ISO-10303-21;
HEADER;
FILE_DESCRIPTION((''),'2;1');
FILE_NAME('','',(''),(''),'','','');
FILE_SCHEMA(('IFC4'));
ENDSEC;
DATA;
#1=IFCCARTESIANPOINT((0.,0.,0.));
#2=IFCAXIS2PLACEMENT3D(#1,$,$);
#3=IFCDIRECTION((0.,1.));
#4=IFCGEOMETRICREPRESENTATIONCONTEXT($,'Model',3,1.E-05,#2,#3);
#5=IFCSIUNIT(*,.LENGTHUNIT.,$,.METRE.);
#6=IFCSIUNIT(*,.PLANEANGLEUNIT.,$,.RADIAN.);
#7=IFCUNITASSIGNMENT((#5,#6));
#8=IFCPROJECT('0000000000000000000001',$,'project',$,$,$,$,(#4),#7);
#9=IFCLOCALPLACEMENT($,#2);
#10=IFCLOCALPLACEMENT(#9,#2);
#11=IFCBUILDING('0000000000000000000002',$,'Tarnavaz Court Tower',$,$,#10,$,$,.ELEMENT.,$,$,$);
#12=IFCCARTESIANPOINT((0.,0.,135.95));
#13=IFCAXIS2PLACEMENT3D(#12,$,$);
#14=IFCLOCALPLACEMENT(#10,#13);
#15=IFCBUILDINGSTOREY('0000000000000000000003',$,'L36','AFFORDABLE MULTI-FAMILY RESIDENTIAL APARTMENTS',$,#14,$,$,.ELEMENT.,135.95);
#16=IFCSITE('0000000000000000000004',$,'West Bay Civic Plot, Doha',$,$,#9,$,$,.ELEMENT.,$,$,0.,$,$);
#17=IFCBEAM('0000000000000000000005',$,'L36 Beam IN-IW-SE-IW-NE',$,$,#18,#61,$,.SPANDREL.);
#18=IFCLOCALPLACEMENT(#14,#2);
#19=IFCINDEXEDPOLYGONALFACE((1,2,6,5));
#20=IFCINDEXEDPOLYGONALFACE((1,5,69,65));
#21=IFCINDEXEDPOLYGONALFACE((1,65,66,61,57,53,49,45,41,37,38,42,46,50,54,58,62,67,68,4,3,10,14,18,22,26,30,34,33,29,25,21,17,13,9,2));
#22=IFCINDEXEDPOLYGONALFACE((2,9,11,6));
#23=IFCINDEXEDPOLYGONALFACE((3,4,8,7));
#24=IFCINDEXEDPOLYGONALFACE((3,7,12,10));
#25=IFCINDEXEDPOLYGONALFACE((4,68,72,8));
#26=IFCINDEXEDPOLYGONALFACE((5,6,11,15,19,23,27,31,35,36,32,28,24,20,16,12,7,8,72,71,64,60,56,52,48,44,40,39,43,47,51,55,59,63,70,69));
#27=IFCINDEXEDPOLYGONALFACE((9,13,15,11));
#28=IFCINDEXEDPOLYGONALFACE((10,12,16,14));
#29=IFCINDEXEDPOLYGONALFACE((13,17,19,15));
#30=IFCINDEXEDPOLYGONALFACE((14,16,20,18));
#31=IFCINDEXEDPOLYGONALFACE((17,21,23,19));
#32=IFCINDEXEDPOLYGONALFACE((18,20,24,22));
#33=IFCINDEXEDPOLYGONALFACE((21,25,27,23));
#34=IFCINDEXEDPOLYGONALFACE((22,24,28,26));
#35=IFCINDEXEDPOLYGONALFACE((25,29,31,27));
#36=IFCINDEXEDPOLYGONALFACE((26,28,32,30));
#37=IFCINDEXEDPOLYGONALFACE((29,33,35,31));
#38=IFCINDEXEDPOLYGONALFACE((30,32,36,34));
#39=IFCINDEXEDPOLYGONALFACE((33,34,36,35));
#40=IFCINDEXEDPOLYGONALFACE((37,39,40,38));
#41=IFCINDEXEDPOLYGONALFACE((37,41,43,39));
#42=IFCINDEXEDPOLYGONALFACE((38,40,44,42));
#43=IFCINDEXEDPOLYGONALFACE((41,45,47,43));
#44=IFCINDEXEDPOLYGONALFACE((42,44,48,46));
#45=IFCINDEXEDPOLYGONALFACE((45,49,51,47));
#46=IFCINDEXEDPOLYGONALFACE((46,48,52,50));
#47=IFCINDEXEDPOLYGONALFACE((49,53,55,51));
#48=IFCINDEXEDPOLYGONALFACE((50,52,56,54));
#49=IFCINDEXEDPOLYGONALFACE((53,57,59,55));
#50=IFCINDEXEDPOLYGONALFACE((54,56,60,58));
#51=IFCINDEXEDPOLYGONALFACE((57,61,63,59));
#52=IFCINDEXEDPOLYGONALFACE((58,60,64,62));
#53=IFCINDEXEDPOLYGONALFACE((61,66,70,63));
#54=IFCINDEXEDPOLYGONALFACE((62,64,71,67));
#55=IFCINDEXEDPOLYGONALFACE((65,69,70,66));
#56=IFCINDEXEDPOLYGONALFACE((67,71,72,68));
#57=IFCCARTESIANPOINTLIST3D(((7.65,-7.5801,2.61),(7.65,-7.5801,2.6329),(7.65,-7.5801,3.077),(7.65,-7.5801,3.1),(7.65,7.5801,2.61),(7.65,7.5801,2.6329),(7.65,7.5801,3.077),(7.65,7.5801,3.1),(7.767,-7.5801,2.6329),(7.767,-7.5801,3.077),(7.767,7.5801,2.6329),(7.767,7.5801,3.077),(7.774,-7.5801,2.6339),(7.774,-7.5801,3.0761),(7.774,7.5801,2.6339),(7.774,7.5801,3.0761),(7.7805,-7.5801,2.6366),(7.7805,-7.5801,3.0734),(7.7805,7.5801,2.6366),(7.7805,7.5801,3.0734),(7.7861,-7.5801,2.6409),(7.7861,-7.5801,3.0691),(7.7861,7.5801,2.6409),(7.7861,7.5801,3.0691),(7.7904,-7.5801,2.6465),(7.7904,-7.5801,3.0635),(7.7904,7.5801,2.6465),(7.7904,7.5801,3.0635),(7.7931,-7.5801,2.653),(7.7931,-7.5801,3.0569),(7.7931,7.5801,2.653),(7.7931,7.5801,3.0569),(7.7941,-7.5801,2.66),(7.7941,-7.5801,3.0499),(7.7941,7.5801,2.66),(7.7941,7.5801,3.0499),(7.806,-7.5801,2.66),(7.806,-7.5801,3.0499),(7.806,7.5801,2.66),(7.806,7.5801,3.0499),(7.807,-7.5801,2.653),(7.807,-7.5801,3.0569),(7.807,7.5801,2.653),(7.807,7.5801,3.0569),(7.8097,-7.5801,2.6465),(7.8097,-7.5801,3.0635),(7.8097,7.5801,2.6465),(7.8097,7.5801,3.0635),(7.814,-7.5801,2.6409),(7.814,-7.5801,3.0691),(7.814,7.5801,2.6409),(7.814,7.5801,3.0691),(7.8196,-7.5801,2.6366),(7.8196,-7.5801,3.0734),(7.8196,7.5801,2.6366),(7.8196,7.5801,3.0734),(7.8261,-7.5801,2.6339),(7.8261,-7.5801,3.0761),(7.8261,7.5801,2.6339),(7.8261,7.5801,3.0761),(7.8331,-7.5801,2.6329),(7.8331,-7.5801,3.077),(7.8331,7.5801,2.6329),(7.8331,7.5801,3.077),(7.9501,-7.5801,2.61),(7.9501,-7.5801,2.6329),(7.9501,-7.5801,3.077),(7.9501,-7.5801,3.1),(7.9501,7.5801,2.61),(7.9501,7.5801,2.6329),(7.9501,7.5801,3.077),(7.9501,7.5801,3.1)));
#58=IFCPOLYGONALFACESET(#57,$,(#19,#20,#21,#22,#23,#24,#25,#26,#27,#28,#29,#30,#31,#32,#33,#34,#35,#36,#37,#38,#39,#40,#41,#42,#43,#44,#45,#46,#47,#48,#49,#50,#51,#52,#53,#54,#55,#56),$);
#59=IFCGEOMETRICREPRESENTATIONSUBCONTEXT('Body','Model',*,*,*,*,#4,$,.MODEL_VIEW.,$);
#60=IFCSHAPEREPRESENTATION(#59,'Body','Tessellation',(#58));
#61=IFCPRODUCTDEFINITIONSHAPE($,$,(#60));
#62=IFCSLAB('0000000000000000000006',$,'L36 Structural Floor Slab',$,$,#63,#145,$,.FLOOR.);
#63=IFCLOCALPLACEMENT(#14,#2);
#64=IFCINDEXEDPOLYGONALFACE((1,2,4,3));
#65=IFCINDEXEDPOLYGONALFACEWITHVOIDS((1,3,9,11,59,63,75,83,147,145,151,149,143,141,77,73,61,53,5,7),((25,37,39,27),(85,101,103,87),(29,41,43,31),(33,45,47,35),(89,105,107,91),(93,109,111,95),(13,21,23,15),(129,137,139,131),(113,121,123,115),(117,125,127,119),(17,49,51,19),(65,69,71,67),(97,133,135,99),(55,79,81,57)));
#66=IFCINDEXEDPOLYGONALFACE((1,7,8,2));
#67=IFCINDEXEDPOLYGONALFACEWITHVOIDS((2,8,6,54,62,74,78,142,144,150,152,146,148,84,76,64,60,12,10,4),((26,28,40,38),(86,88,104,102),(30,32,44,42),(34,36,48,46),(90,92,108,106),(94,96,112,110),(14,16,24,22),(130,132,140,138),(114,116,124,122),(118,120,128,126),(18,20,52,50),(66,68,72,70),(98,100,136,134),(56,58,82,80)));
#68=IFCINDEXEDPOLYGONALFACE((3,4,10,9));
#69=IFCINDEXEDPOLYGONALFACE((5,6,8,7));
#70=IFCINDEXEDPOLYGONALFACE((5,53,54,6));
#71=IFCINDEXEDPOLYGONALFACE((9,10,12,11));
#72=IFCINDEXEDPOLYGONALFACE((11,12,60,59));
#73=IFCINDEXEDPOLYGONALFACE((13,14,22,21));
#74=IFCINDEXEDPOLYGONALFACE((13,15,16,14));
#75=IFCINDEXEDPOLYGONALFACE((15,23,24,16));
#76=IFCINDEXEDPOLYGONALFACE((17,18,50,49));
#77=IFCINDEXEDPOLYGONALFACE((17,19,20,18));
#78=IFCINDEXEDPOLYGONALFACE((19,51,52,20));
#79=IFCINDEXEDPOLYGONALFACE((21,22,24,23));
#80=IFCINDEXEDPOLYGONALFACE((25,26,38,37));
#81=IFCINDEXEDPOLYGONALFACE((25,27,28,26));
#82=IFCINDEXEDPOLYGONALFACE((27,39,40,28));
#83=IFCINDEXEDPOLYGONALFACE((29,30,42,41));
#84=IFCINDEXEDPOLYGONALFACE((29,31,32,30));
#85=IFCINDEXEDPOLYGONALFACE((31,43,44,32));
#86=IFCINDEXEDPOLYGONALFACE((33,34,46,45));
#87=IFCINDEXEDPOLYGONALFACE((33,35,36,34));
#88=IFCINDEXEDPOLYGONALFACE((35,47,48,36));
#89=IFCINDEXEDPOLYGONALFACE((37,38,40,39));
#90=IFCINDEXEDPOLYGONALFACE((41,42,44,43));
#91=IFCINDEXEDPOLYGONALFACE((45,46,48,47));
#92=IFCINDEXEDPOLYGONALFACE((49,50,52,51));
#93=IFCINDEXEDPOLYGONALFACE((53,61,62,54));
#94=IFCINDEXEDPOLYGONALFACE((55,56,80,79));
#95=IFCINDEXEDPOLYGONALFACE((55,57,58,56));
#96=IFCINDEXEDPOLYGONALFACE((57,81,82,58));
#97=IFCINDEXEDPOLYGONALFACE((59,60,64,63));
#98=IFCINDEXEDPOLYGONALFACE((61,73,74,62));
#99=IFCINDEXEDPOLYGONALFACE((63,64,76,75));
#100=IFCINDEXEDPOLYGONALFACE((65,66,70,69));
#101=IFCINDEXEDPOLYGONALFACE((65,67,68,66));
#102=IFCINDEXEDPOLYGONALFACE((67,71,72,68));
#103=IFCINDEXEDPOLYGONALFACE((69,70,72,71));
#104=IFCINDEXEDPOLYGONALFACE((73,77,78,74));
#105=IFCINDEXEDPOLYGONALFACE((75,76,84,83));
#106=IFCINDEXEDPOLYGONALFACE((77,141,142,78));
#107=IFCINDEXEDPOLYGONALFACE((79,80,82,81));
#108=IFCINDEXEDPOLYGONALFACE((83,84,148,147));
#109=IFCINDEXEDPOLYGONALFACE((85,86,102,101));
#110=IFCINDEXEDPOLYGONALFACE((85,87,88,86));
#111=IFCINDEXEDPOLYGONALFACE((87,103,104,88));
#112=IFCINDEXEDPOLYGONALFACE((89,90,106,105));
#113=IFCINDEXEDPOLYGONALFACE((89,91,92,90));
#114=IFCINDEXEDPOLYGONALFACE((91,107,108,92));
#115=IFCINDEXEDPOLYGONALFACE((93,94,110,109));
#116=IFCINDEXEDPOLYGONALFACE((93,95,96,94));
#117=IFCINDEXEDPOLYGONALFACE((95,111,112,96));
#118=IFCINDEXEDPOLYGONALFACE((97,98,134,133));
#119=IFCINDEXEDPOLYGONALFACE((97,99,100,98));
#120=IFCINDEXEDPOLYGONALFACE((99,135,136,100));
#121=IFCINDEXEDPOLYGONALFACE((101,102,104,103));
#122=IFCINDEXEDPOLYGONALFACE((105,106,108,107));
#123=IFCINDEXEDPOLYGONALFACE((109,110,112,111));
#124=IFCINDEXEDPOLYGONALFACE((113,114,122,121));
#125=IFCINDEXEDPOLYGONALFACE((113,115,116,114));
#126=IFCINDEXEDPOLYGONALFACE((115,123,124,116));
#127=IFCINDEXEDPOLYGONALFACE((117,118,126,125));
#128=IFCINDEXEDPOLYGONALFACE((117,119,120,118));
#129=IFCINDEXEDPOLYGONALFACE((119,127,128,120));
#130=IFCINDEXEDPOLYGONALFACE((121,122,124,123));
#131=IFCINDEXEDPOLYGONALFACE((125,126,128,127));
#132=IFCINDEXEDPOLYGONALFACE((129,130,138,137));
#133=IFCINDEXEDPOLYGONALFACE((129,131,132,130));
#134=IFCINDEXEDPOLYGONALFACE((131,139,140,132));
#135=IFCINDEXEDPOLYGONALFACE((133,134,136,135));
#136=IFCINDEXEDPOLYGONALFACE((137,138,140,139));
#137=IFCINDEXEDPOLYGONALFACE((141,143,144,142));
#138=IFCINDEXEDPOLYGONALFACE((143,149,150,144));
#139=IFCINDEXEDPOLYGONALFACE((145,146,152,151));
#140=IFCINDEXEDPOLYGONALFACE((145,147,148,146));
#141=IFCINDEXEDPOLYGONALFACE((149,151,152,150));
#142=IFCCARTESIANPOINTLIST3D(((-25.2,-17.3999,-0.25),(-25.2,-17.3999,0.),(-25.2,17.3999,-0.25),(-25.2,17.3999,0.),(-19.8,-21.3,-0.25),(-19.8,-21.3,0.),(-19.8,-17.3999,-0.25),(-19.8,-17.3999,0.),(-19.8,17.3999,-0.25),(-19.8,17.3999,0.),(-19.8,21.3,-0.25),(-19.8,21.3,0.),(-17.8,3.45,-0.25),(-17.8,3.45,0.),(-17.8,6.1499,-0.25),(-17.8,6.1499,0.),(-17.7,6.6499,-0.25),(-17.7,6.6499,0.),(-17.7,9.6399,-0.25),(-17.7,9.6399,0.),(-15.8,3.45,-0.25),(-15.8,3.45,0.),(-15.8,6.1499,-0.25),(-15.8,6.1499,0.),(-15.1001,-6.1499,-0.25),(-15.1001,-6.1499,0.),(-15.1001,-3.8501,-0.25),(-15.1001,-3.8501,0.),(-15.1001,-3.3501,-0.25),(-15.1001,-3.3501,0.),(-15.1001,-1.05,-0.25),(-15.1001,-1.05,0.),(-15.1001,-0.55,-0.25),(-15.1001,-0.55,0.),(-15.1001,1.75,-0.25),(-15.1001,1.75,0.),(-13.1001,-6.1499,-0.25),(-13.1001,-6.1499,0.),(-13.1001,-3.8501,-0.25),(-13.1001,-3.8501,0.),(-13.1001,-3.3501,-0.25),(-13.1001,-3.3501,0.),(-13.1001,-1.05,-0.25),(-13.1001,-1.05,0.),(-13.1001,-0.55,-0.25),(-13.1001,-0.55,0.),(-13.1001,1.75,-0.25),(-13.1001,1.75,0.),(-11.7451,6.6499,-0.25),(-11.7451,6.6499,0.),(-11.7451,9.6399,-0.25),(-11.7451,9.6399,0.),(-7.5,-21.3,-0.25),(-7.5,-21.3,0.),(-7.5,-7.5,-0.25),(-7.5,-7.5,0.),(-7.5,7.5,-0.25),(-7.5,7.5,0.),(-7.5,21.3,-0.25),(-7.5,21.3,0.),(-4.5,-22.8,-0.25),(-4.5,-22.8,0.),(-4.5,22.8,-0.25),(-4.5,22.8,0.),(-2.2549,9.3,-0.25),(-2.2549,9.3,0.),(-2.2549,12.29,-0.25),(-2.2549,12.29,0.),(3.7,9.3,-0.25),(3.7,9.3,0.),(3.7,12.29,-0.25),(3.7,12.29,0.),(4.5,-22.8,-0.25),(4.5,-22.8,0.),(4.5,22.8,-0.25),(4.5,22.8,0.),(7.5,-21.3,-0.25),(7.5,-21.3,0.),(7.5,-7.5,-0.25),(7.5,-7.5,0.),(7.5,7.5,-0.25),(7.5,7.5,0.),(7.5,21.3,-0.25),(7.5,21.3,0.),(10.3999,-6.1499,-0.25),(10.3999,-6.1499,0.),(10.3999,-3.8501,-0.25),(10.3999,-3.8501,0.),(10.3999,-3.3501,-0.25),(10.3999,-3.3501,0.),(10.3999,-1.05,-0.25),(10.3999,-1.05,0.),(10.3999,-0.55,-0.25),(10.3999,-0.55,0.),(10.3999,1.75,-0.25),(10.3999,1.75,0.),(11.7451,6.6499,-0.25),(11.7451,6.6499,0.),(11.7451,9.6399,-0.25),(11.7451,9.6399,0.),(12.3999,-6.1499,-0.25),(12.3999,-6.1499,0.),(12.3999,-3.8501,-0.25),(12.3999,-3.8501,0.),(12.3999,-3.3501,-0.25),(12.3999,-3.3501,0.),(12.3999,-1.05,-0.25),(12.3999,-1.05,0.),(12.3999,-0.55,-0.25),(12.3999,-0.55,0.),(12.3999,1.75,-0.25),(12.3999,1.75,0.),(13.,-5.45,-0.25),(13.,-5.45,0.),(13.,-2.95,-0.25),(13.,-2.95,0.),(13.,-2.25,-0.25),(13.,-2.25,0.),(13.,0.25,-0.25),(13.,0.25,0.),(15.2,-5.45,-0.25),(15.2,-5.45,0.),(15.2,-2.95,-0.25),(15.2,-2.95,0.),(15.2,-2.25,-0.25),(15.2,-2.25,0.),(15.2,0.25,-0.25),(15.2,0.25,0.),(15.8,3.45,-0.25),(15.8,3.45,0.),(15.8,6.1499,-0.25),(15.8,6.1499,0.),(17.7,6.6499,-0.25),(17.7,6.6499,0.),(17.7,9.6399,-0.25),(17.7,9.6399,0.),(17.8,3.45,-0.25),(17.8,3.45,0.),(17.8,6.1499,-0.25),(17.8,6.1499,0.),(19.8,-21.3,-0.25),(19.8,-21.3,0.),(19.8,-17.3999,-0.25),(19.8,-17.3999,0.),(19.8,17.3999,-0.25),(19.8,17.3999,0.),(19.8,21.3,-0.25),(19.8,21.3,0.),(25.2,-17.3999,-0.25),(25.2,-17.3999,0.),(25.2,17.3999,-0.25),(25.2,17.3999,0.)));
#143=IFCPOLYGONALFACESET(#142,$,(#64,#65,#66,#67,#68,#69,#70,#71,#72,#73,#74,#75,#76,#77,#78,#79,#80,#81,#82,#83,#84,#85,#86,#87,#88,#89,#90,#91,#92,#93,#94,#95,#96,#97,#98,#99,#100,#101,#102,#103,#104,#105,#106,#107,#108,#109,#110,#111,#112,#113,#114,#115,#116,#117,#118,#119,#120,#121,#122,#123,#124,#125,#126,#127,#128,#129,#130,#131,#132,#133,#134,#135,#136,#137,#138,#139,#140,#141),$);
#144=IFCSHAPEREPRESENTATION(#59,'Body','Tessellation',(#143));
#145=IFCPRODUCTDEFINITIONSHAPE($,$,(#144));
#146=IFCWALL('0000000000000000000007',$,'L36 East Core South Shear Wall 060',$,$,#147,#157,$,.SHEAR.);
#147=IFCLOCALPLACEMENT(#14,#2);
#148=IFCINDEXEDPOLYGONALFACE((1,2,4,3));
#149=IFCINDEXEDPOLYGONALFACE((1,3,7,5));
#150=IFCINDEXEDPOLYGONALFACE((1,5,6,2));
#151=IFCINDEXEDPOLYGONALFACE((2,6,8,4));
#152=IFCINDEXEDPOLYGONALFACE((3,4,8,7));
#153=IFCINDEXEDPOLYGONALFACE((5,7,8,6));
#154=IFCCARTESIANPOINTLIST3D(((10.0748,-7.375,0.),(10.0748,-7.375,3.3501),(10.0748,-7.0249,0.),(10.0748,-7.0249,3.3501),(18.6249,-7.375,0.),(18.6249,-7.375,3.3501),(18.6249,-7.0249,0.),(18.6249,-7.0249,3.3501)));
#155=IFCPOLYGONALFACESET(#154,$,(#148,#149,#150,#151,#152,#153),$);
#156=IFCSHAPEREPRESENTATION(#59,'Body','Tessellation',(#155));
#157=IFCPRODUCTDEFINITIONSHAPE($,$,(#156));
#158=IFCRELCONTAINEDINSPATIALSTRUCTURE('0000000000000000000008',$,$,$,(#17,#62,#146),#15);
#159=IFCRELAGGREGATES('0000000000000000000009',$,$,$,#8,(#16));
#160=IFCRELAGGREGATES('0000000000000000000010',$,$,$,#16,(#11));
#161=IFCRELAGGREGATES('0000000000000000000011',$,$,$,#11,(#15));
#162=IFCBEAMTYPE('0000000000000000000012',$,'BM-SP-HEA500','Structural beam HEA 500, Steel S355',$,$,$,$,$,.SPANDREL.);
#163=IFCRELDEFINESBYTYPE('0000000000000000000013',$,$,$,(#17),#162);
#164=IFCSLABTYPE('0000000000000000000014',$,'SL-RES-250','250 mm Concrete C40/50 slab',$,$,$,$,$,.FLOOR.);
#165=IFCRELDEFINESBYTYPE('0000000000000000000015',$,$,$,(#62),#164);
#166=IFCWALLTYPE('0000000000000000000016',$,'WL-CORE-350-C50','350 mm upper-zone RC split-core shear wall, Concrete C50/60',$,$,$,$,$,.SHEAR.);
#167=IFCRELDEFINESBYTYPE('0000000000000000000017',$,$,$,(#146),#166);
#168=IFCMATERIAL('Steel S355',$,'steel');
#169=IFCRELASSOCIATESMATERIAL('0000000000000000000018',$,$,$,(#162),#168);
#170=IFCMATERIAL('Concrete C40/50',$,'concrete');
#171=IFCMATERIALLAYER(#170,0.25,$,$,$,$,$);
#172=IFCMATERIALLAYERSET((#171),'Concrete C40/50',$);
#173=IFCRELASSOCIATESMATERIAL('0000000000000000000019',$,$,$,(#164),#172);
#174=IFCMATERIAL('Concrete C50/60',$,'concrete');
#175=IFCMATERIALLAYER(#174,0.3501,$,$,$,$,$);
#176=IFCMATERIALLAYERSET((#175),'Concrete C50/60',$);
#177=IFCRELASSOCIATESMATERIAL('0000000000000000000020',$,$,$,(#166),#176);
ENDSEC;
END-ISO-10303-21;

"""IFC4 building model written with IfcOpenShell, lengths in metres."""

from ifc_helpers import new_model, si_unit, direction, frame, frame_2d, origin, origin_2d, place, context, subcontext, project, spatial, polyline, rectangle, i_section, outline, extrude, material, layer, layer_set, material_profile, profile_set, type_object, element, save


model = new_model("IFC4")

# Units and contexts
model_context = context("Model", 3, precision=1e-05, world=origin(), true_north=direction((0.0, 1.0)))
body_context = subcontext(model_context, "Body", "Model", "MODEL_VIEW")
ifc_project = project(units=[si_unit("LENGTHUNIT", "METRE"), si_unit("PLANEANGLEUNIT", "RADIAN")], contexts=[model_context])

# Site, building, storey
site_placement = place(None, origin())
site = spatial("IfcSite", under=ifc_project, at=site_placement, Name="West Bay Civic Plot, Doha", CompositionType="ELEMENT", RefElevation=0.0)
building_placement = place(site_placement, origin())
building = spatial("IfcBuilding", under=site, at=building_placement, Name="Tarnavaz Court Tower", CompositionType="ELEMENT")
storey_placement = place(building_placement, frame((0.0, 0.0, 135.95)))
storey = spatial("IfcBuildingStorey", under=building, at=storey_placement, Name="L36", Description="AFFORDABLE MULTI-FAMILY RESIDENTIAL APARTMENTS", CompositionType="ELEMENT", Elevation=135.95)

# Beam
ifc_material_1 = material(Name="Steel S355", Category="steel")
ifc_material_profile_1 = material_profile(ifc_material_1, i_section(OverallWidth=0.3, OverallDepth=0.49, WebThickness=0.012, FlangeThickness=0.0229, FilletRadius=0.0271, at=origin_2d()), Name="HEA 500")
ifc_profile_set_1 = profile_set([ifc_material_profile_1], Name="Steel S355")
beam_type_1 = type_object("IfcBeamType", Name="BM-SP-HEA500", Description="Structural beam HEA 500, Steel S355", PredefinedType="SPANDREL", material=ifc_profile_set_1)
beam_1_placement = place(storey_placement, frame((7.8, -7.5801, 2.855), z_axis=(0.0, 1.0, 0.0), x_axis=(-1.0, 0.0, 0.0)))
element("IfcBeam", 1, at=beam_1_placement, inside=storey, type_object=beam_type_1, Name="L36 Beam IN-IW-SE-IW-NE", PredefinedType="SPANDREL", context=body_context, shape_type="SweptSolid", body=[
    extrude(i_section(OverallWidth=0.3, OverallDepth=0.49, WebThickness=0.012, FlangeThickness=0.0229, FilletRadius=0.0271, at=origin_2d()), origin(), (0.0, 0.0, 1.0), 15.1602),
])

# Slab
ifc_material_2 = material(Name="Concrete C40/50", Category="concrete")
ifc_layer_1 = layer(ifc_material_2, 0.25)
ifc_layer_set_1 = layer_set([ifc_layer_1], Name="Concrete C40/50")
slab_type = type_object("IfcSlabType", Name="SL-RES-250", Description="250 mm Concrete C40/50 slab", PredefinedType="FLOOR", material=ifc_layer_set_1)
slab_placement = place(storey_placement, frame((0.0, 0.0, -0.25)))
element("IfcSlab", 2, at=slab_placement, inside=storey, type_object=slab_type, Name="L36 Structural Floor Slab", PredefinedType="FLOOR", context=body_context, shape_type="SweptSolid", body=[
    extrude(outline(polyline([(-19.8, -21.3), (-7.5, -21.3), (-4.5, -22.8), (4.5, -22.8), (7.5, -21.3), (19.8, -21.3), (19.8, -17.3999), (25.2, -17.3999), (25.2, 17.3999), (19.8, 17.3999), (19.8, 21.3), (7.5, 21.3), (4.5, 22.8), (-4.5, 22.8), (-7.5, 21.3), (-19.8, 21.3), (-19.8, 17.3999), (-25.2, 17.3999), (-25.2, -17.3999), (-19.8, -17.3999), (-19.8, -21.3)]), holes=[polyline([(-7.5, -7.5), (7.5, -7.5), (7.5, 7.5), (-7.5, 7.5), (-7.5, -7.5)]), polyline([(-11.7451, 9.6399), (-17.7, 9.6399), (-17.7, 6.6499), (-11.7451, 6.6499), (-11.7451, 9.6399)]), polyline([(11.7451, 6.6499), (17.7, 6.6499), (17.7, 9.6399), (11.7451, 9.6399), (11.7451, 6.6499)]), polyline([(-2.2549, 9.3), (3.7, 9.3), (3.7, 12.29), (-2.2549, 12.29), (-2.2549, 9.3)]), polyline([(-17.8, 3.45), (-15.8, 3.45), (-15.8, 6.1499), (-17.8, 6.1499), (-17.8, 3.45)]), polyline([(-15.1001, -6.1499), (-13.1001, -6.1499), (-13.1001, -3.8501), (-15.1001, -3.8501), (-15.1001, -6.1499)]), polyline([(-15.1001, -3.3501), (-13.1001, -3.3501), (-13.1001, -1.05), (-15.1001, -1.05), (-15.1001, -3.3501)]), polyline([(-15.1001, -0.55), (-13.1001, -0.55), (-13.1001, 1.75), (-15.1001, 1.75), (-15.1001, -0.55)]), polyline([(15.8, 3.45), (17.8, 3.45), (17.8, 6.1499), (15.8, 6.1499), (15.8, 3.45)]), polyline([(10.3999, -6.1499), (12.3999, -6.1499), (12.3999, -3.8501), (10.3999, -3.8501), (10.3999, -6.1499)]), polyline([(10.3999, -3.3501), (12.3999, -3.3501), (12.3999, -1.05), (10.3999, -1.05), (10.3999, -3.3501)]), polyline([(10.3999, -0.55), (12.3999, -0.55), (12.3999, 1.75), (10.3999, 1.75), (10.3999, -0.55)]), polyline([(13.0, -5.45), (15.2, -5.45), (15.2, -2.95), (13.0, -2.95), (13.0, -5.45)]), polyline([(13.0, -2.25), (15.2, -2.25), (15.2, 0.25), (13.0, 0.25), (13.0, -2.25)])]), origin(), (0.0, 0.0, 1.0), 0.25),
])

# Wall
ifc_material_3 = material(Name="Concrete C50/60", Category="concrete")
ifc_layer_2 = layer(ifc_material_3, 0.3501)
ifc_layer_set_2 = layer_set([ifc_layer_2], Name="Concrete C50/60")
wall_type_1 = type_object("IfcWallType", Name="WL-CORE-350-C50", Description="350 mm upper-zone RC split-core shear wall, Concrete C50/60", PredefinedType="SHEAR", material=ifc_layer_set_2)
wall_1_placement = place(storey_placement, frame((10.075, -7.2, 0.0), z_axis=(0.0, 0.0, 1.0), x_axis=(1.0, 0.0, 0.0)))
element("IfcWall", 3, at=wall_1_placement, inside=storey, type_object=wall_type_1, Name="L36 East Core South Shear Wall 060", PredefinedType="SHEAR", context=body_context, shape_type="SweptSolid", body=[
    extrude(rectangle(XDim=8.55, YDim=0.3501, at=frame_2d((4.2749, 0.0))), origin(), (0.0, 0.0, 1.0), 3.3501),
])

save(model, "model.ifc")
